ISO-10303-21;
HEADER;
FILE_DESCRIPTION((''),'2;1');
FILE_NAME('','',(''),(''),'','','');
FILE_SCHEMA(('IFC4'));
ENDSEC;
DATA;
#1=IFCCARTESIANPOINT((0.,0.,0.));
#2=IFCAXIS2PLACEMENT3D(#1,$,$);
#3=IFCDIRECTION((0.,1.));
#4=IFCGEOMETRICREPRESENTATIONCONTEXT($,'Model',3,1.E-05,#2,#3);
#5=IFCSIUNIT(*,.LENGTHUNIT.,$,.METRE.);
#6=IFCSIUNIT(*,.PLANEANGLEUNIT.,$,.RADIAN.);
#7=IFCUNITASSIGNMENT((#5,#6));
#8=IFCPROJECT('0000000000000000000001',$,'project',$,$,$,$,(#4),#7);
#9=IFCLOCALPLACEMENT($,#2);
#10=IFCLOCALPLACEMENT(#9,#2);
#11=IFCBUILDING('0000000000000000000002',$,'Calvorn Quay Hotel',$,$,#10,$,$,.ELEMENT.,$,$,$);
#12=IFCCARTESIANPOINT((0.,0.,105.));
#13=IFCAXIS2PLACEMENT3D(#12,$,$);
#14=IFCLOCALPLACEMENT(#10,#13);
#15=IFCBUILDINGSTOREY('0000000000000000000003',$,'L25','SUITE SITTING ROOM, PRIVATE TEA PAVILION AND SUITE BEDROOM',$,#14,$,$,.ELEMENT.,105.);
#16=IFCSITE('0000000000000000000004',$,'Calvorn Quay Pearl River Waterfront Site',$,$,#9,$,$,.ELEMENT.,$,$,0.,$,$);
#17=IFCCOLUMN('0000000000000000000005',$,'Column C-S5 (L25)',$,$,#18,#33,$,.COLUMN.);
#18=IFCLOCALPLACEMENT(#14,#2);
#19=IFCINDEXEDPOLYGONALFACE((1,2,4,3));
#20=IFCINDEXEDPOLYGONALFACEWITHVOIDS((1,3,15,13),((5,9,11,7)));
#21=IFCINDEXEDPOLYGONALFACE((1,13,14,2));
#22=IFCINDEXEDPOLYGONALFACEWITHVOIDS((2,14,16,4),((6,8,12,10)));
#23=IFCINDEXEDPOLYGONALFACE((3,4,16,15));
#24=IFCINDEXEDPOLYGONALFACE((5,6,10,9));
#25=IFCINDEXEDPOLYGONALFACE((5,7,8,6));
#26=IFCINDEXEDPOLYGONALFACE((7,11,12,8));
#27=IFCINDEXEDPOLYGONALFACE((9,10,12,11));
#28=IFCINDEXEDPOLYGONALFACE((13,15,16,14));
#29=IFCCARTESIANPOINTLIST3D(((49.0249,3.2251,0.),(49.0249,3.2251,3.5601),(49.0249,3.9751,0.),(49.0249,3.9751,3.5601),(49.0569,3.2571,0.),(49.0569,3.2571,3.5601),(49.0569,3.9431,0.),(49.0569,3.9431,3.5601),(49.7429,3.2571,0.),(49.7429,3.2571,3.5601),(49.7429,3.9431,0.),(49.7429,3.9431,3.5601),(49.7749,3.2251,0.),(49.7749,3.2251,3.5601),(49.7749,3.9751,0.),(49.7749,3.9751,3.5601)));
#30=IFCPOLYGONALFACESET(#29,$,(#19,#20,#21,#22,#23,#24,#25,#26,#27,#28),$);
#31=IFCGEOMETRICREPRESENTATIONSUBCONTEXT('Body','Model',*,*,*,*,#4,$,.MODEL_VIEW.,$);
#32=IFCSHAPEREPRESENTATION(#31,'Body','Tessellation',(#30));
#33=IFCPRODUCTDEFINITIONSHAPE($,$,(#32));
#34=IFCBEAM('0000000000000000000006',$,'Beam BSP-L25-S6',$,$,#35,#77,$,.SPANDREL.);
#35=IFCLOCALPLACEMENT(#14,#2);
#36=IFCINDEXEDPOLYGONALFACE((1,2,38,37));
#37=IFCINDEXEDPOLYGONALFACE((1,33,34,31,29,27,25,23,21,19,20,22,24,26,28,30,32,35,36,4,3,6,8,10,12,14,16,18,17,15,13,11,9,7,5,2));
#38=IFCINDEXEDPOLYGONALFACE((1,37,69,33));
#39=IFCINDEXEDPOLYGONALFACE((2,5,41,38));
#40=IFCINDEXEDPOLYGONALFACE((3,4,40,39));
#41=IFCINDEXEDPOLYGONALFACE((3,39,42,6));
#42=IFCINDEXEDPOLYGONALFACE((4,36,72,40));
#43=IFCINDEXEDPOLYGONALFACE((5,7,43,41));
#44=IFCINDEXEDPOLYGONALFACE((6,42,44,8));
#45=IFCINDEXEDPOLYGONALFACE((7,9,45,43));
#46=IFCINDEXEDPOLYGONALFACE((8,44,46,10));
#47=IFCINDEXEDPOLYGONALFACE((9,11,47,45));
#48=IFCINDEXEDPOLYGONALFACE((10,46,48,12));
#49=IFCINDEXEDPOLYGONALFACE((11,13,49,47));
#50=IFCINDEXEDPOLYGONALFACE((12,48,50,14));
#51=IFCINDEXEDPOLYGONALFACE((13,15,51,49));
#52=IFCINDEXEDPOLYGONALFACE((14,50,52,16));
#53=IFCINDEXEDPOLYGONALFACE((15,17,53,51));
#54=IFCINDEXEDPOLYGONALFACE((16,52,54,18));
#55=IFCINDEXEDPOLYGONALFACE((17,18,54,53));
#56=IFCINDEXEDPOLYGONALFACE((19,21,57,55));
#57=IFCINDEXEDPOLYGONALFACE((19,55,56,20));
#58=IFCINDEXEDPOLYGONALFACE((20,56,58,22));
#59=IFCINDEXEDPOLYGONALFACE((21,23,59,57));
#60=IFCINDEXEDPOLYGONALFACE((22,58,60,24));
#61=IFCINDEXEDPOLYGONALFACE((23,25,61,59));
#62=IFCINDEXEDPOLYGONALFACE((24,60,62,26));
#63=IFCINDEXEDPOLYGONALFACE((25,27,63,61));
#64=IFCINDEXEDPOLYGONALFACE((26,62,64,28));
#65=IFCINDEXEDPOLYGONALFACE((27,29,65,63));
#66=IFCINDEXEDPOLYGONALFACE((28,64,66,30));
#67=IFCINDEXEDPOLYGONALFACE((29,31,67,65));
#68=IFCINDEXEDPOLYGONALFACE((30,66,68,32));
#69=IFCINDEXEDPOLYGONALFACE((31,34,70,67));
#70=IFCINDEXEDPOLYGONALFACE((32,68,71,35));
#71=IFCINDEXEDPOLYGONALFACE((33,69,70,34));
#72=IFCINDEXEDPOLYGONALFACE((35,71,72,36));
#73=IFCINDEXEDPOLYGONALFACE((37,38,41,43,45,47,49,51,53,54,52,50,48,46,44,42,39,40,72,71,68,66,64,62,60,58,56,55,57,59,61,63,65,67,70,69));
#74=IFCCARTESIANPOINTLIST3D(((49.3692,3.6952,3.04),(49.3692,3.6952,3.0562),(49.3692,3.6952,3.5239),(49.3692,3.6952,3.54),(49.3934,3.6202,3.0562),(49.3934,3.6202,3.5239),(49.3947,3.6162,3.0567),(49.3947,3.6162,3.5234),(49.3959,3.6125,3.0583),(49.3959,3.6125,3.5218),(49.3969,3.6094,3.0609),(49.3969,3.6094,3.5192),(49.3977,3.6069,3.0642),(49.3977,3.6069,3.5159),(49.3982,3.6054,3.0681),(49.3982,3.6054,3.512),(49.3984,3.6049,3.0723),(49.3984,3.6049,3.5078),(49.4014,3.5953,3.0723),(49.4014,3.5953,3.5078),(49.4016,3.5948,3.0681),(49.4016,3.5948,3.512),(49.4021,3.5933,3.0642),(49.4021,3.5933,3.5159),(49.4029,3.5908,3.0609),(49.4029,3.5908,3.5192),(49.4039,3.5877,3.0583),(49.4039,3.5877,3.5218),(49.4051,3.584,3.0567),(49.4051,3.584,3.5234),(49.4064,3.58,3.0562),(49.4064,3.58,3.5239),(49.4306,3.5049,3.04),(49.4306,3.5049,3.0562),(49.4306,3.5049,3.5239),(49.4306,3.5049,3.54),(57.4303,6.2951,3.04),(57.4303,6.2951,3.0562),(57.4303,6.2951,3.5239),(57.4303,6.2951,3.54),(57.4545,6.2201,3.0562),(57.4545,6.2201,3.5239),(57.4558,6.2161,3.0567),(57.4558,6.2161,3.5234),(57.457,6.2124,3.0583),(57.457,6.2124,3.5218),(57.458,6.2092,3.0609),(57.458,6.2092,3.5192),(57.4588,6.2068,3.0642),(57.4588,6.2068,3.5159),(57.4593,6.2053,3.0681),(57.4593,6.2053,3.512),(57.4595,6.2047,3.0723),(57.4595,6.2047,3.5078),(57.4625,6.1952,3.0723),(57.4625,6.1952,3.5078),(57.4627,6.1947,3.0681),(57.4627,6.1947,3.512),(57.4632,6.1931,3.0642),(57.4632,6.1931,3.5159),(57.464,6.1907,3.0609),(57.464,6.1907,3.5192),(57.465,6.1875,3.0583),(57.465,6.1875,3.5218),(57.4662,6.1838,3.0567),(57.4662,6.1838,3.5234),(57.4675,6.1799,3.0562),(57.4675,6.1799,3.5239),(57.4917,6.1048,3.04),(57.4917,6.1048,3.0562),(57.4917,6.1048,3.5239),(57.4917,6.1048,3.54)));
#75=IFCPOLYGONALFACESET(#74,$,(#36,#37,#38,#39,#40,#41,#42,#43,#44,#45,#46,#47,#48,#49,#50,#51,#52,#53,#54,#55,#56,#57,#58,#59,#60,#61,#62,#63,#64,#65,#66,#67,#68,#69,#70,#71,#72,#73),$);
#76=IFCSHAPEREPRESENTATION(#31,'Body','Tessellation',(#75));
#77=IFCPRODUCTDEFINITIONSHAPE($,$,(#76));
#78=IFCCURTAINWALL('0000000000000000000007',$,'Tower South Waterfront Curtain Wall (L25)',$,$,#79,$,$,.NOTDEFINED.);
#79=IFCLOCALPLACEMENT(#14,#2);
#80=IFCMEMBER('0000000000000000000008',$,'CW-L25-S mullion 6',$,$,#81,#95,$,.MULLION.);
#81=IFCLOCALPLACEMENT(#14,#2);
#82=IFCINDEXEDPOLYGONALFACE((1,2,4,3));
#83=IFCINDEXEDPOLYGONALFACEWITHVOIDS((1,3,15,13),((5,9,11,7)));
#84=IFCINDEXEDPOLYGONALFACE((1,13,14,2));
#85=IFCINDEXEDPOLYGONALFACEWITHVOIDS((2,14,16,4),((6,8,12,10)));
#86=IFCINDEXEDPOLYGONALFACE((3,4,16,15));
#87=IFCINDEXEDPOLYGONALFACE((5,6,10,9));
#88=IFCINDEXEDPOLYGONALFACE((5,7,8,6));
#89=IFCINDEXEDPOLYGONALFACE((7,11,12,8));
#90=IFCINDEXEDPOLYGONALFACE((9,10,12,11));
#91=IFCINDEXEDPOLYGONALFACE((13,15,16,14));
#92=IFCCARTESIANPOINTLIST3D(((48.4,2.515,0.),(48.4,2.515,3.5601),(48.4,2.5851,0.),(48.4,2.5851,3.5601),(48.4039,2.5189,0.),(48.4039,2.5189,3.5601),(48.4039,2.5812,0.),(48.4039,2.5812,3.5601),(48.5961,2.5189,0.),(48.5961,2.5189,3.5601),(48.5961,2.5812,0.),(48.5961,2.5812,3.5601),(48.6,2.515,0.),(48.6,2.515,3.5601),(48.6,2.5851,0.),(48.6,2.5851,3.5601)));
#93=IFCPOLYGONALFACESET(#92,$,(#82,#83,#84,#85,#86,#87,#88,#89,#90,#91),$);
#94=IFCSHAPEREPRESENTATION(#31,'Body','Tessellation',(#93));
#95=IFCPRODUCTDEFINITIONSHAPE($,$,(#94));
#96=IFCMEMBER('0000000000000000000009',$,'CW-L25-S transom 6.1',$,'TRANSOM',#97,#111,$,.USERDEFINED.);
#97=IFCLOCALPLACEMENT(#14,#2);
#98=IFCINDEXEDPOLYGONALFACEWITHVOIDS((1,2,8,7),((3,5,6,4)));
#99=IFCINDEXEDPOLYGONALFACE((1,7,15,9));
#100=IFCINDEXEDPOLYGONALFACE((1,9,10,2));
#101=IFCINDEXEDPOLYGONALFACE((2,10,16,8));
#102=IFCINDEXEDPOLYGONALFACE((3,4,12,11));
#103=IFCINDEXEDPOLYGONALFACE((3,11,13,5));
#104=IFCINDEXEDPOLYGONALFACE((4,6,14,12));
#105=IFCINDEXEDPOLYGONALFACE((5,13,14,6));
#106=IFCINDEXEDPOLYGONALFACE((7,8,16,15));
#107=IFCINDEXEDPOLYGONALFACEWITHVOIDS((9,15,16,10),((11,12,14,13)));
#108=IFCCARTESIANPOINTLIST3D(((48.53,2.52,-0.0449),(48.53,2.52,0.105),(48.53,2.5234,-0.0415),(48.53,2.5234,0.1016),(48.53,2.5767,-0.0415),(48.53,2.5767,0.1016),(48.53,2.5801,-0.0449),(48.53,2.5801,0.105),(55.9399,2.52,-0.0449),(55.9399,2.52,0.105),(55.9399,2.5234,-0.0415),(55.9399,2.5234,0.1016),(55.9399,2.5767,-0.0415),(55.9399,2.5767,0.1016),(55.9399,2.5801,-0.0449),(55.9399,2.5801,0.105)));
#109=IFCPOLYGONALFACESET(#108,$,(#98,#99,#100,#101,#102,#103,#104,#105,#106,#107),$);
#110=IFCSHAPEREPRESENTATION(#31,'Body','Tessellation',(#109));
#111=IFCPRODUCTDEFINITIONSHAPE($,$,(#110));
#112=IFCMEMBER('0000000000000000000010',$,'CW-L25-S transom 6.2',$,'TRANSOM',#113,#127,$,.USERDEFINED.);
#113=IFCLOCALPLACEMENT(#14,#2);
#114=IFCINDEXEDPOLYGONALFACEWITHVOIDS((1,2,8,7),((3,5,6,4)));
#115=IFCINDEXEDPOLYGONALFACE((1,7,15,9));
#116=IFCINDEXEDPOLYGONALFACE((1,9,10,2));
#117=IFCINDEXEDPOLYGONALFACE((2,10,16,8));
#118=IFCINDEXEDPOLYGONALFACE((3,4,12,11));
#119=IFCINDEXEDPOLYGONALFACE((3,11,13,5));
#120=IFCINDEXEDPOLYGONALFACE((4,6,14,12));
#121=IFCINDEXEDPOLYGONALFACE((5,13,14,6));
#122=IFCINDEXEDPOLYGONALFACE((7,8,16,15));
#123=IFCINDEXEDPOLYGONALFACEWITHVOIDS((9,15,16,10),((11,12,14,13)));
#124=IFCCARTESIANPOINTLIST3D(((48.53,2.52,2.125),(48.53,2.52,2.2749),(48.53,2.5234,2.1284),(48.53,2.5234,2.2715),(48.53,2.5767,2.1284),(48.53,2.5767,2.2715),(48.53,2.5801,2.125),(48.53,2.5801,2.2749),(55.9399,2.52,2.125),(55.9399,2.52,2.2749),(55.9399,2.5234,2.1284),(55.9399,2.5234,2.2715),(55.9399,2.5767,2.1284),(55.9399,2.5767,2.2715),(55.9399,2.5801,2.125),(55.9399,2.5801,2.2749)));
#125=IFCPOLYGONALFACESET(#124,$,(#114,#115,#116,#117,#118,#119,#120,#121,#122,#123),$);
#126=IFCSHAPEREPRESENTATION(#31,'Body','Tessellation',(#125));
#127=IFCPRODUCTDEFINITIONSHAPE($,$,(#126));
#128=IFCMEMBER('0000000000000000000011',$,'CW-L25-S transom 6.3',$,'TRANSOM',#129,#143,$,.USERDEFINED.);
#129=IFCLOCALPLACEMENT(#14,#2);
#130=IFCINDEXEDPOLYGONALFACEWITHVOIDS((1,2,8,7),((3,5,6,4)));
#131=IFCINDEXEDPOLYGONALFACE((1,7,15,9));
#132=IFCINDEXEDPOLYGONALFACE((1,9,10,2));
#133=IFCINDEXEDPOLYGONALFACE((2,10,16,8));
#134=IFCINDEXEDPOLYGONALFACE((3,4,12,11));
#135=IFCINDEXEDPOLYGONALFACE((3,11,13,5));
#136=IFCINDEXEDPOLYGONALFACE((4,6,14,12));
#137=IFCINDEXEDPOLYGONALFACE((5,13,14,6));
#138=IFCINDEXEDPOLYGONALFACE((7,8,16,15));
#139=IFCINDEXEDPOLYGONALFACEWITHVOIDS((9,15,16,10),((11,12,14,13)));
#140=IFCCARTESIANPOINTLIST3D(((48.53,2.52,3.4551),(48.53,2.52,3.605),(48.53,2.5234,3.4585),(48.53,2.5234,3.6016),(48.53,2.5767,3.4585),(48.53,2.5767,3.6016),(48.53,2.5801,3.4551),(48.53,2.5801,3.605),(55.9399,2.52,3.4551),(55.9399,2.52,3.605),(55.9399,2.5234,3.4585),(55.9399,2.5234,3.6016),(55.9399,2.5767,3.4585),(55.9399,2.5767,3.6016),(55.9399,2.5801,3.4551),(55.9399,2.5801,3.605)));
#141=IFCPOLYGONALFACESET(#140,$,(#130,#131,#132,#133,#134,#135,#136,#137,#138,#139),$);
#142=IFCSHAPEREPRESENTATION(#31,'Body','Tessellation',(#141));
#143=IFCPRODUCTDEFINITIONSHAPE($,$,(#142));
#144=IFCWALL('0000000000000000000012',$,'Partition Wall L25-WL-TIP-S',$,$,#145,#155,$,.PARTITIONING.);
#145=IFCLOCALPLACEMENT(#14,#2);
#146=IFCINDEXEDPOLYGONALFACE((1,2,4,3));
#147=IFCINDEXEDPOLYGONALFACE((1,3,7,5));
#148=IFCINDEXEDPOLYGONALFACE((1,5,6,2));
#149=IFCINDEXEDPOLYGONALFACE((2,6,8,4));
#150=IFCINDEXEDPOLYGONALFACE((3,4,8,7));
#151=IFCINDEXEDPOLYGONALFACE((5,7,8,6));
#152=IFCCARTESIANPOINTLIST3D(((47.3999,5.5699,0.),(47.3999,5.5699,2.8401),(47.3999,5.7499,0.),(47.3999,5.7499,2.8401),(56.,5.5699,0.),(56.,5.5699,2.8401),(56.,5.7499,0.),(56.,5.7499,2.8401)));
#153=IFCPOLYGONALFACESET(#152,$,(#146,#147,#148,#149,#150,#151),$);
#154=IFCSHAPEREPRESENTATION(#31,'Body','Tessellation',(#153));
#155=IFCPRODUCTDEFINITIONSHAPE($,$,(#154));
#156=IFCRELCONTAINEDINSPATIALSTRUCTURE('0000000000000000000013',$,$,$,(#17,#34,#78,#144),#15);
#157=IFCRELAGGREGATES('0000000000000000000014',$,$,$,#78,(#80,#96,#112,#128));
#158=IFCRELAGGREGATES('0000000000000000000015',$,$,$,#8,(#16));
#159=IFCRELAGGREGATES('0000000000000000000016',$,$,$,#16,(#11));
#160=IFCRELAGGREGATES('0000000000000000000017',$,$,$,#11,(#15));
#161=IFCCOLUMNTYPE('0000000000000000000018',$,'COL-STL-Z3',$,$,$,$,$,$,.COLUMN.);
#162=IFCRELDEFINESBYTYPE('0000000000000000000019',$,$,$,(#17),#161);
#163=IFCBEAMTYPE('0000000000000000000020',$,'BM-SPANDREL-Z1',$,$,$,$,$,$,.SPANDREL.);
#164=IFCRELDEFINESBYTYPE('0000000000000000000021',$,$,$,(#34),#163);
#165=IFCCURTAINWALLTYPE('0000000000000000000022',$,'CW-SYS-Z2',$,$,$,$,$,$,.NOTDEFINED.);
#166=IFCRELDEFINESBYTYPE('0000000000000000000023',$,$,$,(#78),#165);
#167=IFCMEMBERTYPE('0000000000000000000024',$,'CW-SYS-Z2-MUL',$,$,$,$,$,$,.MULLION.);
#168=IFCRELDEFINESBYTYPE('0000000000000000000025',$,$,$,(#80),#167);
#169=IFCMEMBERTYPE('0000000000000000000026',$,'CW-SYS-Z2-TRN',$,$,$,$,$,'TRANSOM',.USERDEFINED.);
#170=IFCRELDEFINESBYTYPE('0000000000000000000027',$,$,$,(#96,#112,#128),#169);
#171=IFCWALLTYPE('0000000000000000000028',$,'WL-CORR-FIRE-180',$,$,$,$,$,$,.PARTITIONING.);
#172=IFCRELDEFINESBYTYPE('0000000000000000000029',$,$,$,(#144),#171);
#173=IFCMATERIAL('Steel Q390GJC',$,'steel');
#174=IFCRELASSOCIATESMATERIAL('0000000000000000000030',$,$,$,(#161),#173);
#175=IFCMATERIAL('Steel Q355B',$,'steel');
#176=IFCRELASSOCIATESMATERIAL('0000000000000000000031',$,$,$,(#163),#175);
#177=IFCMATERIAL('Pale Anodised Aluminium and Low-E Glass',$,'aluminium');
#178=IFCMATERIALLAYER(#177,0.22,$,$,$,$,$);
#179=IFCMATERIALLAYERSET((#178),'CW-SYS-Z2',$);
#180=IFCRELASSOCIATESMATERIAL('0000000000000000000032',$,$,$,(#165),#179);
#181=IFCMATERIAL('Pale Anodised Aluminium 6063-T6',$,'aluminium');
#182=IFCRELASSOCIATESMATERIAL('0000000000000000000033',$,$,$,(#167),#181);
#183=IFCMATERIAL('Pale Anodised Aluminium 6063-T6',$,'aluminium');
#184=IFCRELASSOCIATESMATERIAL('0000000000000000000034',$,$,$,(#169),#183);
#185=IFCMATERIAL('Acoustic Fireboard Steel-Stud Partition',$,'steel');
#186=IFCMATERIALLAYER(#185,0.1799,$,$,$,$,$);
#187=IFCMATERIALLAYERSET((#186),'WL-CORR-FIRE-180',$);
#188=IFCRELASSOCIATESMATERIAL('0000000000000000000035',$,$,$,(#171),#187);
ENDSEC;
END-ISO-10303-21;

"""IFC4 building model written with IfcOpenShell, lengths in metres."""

from ifc_helpers import new_model, si_unit, direction, frame, frame_2d, origin, origin_2d, place, context, subcontext, project, spatial, rectangle, hollow_rectangle, i_section, extrude, material, layer, layer_set, material_profile, profile_set, type_object, element, aggregate, save


model = new_model("IFC4")

# Units and contexts
model_context = context("Model", 3, precision=1e-05, world=origin(), true_north=direction((0.0, 1.0)))
body_context = subcontext(model_context, "Body", "Model", "MODEL_VIEW")
ifc_project = project(units=[si_unit("LENGTHUNIT", "METRE"), si_unit("PLANEANGLEUNIT", "RADIAN")], contexts=[model_context])

# Site, building, storey
site_placement = place(None, origin())
site = spatial("IfcSite", under=ifc_project, at=site_placement, Name="Calvorn Quay Pearl River Waterfront Site", CompositionType="ELEMENT", RefElevation=0.0)
building_placement = place(site_placement, origin())
building = spatial("IfcBuilding", under=site, at=building_placement, Name="Calvorn Quay Hotel", CompositionType="ELEMENT")
storey_placement = place(building_placement, frame((0.0, 0.0, 105.0)))
storey = spatial("IfcBuildingStorey", under=building, at=storey_placement, Name="L25", Description="SUITE SITTING ROOM, PRIVATE TEA PAVILION AND SUITE BEDROOM", CompositionType="ELEMENT", Elevation=105.0)

# Column
ifc_material_1 = material(Name="Steel Q390GJC", Category="steel")
ifc_material_profile_1 = material_profile(ifc_material_1, hollow_rectangle(XDim=0.75, YDim=0.75, WallThickness=0.032, at=origin_2d()), Name="BOX750x750x32")
ifc_profile_set_1 = profile_set([ifc_material_profile_1], Name="Steel Q390GJC")
column_type = type_object("IfcColumnType", Name="COL-STL-Z3", PredefinedType="COLUMN", material=ifc_profile_set_1)
column_placement = place(storey_placement, frame((49.3999, 3.6001, 0.0), z_axis=(0.0, 0.0, 1.0), x_axis=(1.0, 0.0, 0.0)))
element("IfcColumn", 1, at=column_placement, inside=storey, type_object=column_type, Name="Column C-S5 (L25)", PredefinedType="COLUMN", context=body_context, shape_type="SweptSolid", body=[
    extrude(hollow_rectangle(XDim=0.75, YDim=0.75, WallThickness=0.032, at=origin_2d()), origin(), (0.0, 0.0, 1.0), 3.5601),
])

# Beam
ifc_material_2 = material(Name="Steel Q355B", Category="steel")
ifc_material_profile_2 = material_profile(ifc_material_2, i_section(OverallWidth=0.2, OverallDepth=0.5, WebThickness=0.01, FlangeThickness=0.0161, FilletRadius=0.0161, at=origin_2d()), Name="HN500x200x10x16")
ifc_profile_set_2 = profile_set([ifc_material_profile_2], Name="Steel Q355B")
beam_type = type_object("IfcBeamType", Name="BM-SPANDREL-Z1", PredefinedType="SPANDREL", material=ifc_profile_set_2)
beam_placement = place(storey_placement, frame((49.3999, 3.6001, 3.29), z_axis=(0.951725, 0.306951, 0.0), x_axis=(-0.306951, 0.951725, 0.0)))
element("IfcBeam", 2, at=beam_placement, inside=storey, type_object=beam_type, Name="Beam BSP-L25-S6", PredefinedType="SPANDREL", context=body_context, shape_type="SweptSolid", body=[
    extrude(i_section(OverallWidth=0.2, OverallDepth=0.5, WebThickness=0.01, FlangeThickness=0.0161, FilletRadius=0.0161, at=origin_2d()), origin(), (0.0, 0.0, 1.0), 8.47),
])

# Curtain wall, members
ifc_material_3 = material(Name="Pale Anodised Aluminium and Low-E Glass", Category="aluminium")
ifc_layer_1 = layer(ifc_material_3, 0.22)
ifc_layer_set_1 = layer_set([ifc_layer_1], Name="CW-SYS-Z2")
curtain_wall_type = type_object("IfcCurtainWallType", Name="CW-SYS-Z2", PredefinedType="NOTDEFINED", material=ifc_layer_set_1)
curtain_wall_placement = place(storey_placement, origin())
curtain_wall = element("IfcCurtainWall", 3, at=curtain_wall_placement, inside=storey, type_object=curtain_wall_type, Name="Tower South Waterfront Curtain Wall (L25)", PredefinedType="NOTDEFINED")
ifc_material_4 = material(Name="Pale Anodised Aluminium 6063-T6", Category="aluminium")
ifc_material_profile_3 = material_profile(ifc_material_4, hollow_rectangle(XDim=0.0701, YDim=0.2, WallThickness=0.0039, at=origin_2d()), Name="ALU-M200x70x4")
ifc_profile_set_3 = profile_set([ifc_material_profile_3], Name="Pale Anodised Aluminium 6063-T6")
member_type_1 = type_object("IfcMemberType", Name="CW-SYS-Z2-MUL", PredefinedType="MULLION", material=ifc_profile_set_3)
member_1_placement = place(storey_placement, frame((48.5, 2.55, 0.0), z_axis=(0.0, 0.0, 1.0), x_axis=(0.0, 1.0, 0.0)))
member_1 = element("IfcMember", 4, at=member_1_placement, type_object=member_type_1, Name="CW-L25-S mullion 6", PredefinedType="MULLION", context=body_context, shape_type="SweptSolid", body=[
    extrude(hollow_rectangle(XDim=0.0701, YDim=0.2, WallThickness=0.0039, at=origin_2d()), origin(), (0.0, 0.0, 1.0), 3.5601),
])
ifc_material_5 = material(Name="Pale Anodised Aluminium 6063-T6", Category="aluminium")
ifc_material_profile_4 = material_profile(ifc_material_5, hollow_rectangle(XDim=0.0601, YDim=0.1499, WallThickness=0.0034, at=origin_2d()), Name="ALU-T150x60x3.5")
ifc_profile_set_4 = profile_set([ifc_material_profile_4], Name="Pale Anodised Aluminium 6063-T6")
member_type_2 = type_object("IfcMemberType", Name="CW-SYS-Z2-TRN", ElementType="TRANSOM", PredefinedType="USERDEFINED", material=ifc_profile_set_4)
member_2_placement = place(storey_placement, frame((48.53, 2.55, 0.03), z_axis=(1.0, 0.0, 0.0), x_axis=(0.0, 1.0, 0.0)))
member_2 = element("IfcMember", 5, at=member_2_placement, type_object=member_type_2, Name="CW-L25-S transom 6.1", ObjectType="TRANSOM", PredefinedType="USERDEFINED", context=body_context, shape_type="SweptSolid", body=[
    extrude(hollow_rectangle(XDim=0.0601, YDim=0.1499, WallThickness=0.0034, at=origin_2d()), origin(), (0.0, 0.0, 1.0), 7.4099),
])
member_3_placement = place(storey_placement, frame((48.53, 2.55, 2.2), z_axis=(1.0, 0.0, 0.0), x_axis=(0.0, 1.0, 0.0)))
member_3 = element("IfcMember", 6, at=member_3_placement, type_object=member_type_2, Name="CW-L25-S transom 6.2", ObjectType="TRANSOM", PredefinedType="USERDEFINED", context=body_context, shape_type="SweptSolid", body=[
    extrude(hollow_rectangle(XDim=0.0601, YDim=0.1499, WallThickness=0.0034, at=origin_2d()), origin(), (0.0, 0.0, 1.0), 7.4099),
])
member_4_placement = place(storey_placement, frame((48.53, 2.55, 3.53), z_axis=(1.0, 0.0, 0.0), x_axis=(0.0, 1.0, 0.0)))
member_4 = element("IfcMember", 7, at=member_4_placement, type_object=member_type_2, Name="CW-L25-S transom 6.3", ObjectType="TRANSOM", PredefinedType="USERDEFINED", context=body_context, shape_type="SweptSolid", body=[
    extrude(hollow_rectangle(XDim=0.0601, YDim=0.1499, WallThickness=0.0034, at=origin_2d()), origin(), (0.0, 0.0, 1.0), 7.4099),
])
aggregate(curtain_wall, [member_1, member_2, member_3, member_4])

# Wall
ifc_material_6 = material(Name="Acoustic Fireboard Steel-Stud Partition", Category="steel")
ifc_layer_2 = layer(ifc_material_6, 0.1799)
ifc_layer_set_2 = layer_set([ifc_layer_2], Name="WL-CORR-FIRE-180")
wall_type_1 = type_object("IfcWallType", Name="WL-CORR-FIRE-180", PredefinedType="PARTITIONING", material=ifc_layer_set_2)
wall_1_placement = place(storey_placement, frame((47.3999, 5.6599, 0.0), z_axis=(0.0, 0.0, 1.0), x_axis=(1.0, 0.0, 0.0)))
element("IfcWall", 8, at=wall_1_placement, inside=storey, type_object=wall_type_1, Name="Partition Wall L25-WL-TIP-S", PredefinedType="PARTITIONING", context=body_context, shape_type="SweptSolid", body=[
    extrude(rectangle(XDim=8.6001, YDim=0.1799, at=frame_2d((4.3, 0.0))), origin(), (0.0, 0.0, 1.0), 2.8401),
])

save(model, "model.ifc")
